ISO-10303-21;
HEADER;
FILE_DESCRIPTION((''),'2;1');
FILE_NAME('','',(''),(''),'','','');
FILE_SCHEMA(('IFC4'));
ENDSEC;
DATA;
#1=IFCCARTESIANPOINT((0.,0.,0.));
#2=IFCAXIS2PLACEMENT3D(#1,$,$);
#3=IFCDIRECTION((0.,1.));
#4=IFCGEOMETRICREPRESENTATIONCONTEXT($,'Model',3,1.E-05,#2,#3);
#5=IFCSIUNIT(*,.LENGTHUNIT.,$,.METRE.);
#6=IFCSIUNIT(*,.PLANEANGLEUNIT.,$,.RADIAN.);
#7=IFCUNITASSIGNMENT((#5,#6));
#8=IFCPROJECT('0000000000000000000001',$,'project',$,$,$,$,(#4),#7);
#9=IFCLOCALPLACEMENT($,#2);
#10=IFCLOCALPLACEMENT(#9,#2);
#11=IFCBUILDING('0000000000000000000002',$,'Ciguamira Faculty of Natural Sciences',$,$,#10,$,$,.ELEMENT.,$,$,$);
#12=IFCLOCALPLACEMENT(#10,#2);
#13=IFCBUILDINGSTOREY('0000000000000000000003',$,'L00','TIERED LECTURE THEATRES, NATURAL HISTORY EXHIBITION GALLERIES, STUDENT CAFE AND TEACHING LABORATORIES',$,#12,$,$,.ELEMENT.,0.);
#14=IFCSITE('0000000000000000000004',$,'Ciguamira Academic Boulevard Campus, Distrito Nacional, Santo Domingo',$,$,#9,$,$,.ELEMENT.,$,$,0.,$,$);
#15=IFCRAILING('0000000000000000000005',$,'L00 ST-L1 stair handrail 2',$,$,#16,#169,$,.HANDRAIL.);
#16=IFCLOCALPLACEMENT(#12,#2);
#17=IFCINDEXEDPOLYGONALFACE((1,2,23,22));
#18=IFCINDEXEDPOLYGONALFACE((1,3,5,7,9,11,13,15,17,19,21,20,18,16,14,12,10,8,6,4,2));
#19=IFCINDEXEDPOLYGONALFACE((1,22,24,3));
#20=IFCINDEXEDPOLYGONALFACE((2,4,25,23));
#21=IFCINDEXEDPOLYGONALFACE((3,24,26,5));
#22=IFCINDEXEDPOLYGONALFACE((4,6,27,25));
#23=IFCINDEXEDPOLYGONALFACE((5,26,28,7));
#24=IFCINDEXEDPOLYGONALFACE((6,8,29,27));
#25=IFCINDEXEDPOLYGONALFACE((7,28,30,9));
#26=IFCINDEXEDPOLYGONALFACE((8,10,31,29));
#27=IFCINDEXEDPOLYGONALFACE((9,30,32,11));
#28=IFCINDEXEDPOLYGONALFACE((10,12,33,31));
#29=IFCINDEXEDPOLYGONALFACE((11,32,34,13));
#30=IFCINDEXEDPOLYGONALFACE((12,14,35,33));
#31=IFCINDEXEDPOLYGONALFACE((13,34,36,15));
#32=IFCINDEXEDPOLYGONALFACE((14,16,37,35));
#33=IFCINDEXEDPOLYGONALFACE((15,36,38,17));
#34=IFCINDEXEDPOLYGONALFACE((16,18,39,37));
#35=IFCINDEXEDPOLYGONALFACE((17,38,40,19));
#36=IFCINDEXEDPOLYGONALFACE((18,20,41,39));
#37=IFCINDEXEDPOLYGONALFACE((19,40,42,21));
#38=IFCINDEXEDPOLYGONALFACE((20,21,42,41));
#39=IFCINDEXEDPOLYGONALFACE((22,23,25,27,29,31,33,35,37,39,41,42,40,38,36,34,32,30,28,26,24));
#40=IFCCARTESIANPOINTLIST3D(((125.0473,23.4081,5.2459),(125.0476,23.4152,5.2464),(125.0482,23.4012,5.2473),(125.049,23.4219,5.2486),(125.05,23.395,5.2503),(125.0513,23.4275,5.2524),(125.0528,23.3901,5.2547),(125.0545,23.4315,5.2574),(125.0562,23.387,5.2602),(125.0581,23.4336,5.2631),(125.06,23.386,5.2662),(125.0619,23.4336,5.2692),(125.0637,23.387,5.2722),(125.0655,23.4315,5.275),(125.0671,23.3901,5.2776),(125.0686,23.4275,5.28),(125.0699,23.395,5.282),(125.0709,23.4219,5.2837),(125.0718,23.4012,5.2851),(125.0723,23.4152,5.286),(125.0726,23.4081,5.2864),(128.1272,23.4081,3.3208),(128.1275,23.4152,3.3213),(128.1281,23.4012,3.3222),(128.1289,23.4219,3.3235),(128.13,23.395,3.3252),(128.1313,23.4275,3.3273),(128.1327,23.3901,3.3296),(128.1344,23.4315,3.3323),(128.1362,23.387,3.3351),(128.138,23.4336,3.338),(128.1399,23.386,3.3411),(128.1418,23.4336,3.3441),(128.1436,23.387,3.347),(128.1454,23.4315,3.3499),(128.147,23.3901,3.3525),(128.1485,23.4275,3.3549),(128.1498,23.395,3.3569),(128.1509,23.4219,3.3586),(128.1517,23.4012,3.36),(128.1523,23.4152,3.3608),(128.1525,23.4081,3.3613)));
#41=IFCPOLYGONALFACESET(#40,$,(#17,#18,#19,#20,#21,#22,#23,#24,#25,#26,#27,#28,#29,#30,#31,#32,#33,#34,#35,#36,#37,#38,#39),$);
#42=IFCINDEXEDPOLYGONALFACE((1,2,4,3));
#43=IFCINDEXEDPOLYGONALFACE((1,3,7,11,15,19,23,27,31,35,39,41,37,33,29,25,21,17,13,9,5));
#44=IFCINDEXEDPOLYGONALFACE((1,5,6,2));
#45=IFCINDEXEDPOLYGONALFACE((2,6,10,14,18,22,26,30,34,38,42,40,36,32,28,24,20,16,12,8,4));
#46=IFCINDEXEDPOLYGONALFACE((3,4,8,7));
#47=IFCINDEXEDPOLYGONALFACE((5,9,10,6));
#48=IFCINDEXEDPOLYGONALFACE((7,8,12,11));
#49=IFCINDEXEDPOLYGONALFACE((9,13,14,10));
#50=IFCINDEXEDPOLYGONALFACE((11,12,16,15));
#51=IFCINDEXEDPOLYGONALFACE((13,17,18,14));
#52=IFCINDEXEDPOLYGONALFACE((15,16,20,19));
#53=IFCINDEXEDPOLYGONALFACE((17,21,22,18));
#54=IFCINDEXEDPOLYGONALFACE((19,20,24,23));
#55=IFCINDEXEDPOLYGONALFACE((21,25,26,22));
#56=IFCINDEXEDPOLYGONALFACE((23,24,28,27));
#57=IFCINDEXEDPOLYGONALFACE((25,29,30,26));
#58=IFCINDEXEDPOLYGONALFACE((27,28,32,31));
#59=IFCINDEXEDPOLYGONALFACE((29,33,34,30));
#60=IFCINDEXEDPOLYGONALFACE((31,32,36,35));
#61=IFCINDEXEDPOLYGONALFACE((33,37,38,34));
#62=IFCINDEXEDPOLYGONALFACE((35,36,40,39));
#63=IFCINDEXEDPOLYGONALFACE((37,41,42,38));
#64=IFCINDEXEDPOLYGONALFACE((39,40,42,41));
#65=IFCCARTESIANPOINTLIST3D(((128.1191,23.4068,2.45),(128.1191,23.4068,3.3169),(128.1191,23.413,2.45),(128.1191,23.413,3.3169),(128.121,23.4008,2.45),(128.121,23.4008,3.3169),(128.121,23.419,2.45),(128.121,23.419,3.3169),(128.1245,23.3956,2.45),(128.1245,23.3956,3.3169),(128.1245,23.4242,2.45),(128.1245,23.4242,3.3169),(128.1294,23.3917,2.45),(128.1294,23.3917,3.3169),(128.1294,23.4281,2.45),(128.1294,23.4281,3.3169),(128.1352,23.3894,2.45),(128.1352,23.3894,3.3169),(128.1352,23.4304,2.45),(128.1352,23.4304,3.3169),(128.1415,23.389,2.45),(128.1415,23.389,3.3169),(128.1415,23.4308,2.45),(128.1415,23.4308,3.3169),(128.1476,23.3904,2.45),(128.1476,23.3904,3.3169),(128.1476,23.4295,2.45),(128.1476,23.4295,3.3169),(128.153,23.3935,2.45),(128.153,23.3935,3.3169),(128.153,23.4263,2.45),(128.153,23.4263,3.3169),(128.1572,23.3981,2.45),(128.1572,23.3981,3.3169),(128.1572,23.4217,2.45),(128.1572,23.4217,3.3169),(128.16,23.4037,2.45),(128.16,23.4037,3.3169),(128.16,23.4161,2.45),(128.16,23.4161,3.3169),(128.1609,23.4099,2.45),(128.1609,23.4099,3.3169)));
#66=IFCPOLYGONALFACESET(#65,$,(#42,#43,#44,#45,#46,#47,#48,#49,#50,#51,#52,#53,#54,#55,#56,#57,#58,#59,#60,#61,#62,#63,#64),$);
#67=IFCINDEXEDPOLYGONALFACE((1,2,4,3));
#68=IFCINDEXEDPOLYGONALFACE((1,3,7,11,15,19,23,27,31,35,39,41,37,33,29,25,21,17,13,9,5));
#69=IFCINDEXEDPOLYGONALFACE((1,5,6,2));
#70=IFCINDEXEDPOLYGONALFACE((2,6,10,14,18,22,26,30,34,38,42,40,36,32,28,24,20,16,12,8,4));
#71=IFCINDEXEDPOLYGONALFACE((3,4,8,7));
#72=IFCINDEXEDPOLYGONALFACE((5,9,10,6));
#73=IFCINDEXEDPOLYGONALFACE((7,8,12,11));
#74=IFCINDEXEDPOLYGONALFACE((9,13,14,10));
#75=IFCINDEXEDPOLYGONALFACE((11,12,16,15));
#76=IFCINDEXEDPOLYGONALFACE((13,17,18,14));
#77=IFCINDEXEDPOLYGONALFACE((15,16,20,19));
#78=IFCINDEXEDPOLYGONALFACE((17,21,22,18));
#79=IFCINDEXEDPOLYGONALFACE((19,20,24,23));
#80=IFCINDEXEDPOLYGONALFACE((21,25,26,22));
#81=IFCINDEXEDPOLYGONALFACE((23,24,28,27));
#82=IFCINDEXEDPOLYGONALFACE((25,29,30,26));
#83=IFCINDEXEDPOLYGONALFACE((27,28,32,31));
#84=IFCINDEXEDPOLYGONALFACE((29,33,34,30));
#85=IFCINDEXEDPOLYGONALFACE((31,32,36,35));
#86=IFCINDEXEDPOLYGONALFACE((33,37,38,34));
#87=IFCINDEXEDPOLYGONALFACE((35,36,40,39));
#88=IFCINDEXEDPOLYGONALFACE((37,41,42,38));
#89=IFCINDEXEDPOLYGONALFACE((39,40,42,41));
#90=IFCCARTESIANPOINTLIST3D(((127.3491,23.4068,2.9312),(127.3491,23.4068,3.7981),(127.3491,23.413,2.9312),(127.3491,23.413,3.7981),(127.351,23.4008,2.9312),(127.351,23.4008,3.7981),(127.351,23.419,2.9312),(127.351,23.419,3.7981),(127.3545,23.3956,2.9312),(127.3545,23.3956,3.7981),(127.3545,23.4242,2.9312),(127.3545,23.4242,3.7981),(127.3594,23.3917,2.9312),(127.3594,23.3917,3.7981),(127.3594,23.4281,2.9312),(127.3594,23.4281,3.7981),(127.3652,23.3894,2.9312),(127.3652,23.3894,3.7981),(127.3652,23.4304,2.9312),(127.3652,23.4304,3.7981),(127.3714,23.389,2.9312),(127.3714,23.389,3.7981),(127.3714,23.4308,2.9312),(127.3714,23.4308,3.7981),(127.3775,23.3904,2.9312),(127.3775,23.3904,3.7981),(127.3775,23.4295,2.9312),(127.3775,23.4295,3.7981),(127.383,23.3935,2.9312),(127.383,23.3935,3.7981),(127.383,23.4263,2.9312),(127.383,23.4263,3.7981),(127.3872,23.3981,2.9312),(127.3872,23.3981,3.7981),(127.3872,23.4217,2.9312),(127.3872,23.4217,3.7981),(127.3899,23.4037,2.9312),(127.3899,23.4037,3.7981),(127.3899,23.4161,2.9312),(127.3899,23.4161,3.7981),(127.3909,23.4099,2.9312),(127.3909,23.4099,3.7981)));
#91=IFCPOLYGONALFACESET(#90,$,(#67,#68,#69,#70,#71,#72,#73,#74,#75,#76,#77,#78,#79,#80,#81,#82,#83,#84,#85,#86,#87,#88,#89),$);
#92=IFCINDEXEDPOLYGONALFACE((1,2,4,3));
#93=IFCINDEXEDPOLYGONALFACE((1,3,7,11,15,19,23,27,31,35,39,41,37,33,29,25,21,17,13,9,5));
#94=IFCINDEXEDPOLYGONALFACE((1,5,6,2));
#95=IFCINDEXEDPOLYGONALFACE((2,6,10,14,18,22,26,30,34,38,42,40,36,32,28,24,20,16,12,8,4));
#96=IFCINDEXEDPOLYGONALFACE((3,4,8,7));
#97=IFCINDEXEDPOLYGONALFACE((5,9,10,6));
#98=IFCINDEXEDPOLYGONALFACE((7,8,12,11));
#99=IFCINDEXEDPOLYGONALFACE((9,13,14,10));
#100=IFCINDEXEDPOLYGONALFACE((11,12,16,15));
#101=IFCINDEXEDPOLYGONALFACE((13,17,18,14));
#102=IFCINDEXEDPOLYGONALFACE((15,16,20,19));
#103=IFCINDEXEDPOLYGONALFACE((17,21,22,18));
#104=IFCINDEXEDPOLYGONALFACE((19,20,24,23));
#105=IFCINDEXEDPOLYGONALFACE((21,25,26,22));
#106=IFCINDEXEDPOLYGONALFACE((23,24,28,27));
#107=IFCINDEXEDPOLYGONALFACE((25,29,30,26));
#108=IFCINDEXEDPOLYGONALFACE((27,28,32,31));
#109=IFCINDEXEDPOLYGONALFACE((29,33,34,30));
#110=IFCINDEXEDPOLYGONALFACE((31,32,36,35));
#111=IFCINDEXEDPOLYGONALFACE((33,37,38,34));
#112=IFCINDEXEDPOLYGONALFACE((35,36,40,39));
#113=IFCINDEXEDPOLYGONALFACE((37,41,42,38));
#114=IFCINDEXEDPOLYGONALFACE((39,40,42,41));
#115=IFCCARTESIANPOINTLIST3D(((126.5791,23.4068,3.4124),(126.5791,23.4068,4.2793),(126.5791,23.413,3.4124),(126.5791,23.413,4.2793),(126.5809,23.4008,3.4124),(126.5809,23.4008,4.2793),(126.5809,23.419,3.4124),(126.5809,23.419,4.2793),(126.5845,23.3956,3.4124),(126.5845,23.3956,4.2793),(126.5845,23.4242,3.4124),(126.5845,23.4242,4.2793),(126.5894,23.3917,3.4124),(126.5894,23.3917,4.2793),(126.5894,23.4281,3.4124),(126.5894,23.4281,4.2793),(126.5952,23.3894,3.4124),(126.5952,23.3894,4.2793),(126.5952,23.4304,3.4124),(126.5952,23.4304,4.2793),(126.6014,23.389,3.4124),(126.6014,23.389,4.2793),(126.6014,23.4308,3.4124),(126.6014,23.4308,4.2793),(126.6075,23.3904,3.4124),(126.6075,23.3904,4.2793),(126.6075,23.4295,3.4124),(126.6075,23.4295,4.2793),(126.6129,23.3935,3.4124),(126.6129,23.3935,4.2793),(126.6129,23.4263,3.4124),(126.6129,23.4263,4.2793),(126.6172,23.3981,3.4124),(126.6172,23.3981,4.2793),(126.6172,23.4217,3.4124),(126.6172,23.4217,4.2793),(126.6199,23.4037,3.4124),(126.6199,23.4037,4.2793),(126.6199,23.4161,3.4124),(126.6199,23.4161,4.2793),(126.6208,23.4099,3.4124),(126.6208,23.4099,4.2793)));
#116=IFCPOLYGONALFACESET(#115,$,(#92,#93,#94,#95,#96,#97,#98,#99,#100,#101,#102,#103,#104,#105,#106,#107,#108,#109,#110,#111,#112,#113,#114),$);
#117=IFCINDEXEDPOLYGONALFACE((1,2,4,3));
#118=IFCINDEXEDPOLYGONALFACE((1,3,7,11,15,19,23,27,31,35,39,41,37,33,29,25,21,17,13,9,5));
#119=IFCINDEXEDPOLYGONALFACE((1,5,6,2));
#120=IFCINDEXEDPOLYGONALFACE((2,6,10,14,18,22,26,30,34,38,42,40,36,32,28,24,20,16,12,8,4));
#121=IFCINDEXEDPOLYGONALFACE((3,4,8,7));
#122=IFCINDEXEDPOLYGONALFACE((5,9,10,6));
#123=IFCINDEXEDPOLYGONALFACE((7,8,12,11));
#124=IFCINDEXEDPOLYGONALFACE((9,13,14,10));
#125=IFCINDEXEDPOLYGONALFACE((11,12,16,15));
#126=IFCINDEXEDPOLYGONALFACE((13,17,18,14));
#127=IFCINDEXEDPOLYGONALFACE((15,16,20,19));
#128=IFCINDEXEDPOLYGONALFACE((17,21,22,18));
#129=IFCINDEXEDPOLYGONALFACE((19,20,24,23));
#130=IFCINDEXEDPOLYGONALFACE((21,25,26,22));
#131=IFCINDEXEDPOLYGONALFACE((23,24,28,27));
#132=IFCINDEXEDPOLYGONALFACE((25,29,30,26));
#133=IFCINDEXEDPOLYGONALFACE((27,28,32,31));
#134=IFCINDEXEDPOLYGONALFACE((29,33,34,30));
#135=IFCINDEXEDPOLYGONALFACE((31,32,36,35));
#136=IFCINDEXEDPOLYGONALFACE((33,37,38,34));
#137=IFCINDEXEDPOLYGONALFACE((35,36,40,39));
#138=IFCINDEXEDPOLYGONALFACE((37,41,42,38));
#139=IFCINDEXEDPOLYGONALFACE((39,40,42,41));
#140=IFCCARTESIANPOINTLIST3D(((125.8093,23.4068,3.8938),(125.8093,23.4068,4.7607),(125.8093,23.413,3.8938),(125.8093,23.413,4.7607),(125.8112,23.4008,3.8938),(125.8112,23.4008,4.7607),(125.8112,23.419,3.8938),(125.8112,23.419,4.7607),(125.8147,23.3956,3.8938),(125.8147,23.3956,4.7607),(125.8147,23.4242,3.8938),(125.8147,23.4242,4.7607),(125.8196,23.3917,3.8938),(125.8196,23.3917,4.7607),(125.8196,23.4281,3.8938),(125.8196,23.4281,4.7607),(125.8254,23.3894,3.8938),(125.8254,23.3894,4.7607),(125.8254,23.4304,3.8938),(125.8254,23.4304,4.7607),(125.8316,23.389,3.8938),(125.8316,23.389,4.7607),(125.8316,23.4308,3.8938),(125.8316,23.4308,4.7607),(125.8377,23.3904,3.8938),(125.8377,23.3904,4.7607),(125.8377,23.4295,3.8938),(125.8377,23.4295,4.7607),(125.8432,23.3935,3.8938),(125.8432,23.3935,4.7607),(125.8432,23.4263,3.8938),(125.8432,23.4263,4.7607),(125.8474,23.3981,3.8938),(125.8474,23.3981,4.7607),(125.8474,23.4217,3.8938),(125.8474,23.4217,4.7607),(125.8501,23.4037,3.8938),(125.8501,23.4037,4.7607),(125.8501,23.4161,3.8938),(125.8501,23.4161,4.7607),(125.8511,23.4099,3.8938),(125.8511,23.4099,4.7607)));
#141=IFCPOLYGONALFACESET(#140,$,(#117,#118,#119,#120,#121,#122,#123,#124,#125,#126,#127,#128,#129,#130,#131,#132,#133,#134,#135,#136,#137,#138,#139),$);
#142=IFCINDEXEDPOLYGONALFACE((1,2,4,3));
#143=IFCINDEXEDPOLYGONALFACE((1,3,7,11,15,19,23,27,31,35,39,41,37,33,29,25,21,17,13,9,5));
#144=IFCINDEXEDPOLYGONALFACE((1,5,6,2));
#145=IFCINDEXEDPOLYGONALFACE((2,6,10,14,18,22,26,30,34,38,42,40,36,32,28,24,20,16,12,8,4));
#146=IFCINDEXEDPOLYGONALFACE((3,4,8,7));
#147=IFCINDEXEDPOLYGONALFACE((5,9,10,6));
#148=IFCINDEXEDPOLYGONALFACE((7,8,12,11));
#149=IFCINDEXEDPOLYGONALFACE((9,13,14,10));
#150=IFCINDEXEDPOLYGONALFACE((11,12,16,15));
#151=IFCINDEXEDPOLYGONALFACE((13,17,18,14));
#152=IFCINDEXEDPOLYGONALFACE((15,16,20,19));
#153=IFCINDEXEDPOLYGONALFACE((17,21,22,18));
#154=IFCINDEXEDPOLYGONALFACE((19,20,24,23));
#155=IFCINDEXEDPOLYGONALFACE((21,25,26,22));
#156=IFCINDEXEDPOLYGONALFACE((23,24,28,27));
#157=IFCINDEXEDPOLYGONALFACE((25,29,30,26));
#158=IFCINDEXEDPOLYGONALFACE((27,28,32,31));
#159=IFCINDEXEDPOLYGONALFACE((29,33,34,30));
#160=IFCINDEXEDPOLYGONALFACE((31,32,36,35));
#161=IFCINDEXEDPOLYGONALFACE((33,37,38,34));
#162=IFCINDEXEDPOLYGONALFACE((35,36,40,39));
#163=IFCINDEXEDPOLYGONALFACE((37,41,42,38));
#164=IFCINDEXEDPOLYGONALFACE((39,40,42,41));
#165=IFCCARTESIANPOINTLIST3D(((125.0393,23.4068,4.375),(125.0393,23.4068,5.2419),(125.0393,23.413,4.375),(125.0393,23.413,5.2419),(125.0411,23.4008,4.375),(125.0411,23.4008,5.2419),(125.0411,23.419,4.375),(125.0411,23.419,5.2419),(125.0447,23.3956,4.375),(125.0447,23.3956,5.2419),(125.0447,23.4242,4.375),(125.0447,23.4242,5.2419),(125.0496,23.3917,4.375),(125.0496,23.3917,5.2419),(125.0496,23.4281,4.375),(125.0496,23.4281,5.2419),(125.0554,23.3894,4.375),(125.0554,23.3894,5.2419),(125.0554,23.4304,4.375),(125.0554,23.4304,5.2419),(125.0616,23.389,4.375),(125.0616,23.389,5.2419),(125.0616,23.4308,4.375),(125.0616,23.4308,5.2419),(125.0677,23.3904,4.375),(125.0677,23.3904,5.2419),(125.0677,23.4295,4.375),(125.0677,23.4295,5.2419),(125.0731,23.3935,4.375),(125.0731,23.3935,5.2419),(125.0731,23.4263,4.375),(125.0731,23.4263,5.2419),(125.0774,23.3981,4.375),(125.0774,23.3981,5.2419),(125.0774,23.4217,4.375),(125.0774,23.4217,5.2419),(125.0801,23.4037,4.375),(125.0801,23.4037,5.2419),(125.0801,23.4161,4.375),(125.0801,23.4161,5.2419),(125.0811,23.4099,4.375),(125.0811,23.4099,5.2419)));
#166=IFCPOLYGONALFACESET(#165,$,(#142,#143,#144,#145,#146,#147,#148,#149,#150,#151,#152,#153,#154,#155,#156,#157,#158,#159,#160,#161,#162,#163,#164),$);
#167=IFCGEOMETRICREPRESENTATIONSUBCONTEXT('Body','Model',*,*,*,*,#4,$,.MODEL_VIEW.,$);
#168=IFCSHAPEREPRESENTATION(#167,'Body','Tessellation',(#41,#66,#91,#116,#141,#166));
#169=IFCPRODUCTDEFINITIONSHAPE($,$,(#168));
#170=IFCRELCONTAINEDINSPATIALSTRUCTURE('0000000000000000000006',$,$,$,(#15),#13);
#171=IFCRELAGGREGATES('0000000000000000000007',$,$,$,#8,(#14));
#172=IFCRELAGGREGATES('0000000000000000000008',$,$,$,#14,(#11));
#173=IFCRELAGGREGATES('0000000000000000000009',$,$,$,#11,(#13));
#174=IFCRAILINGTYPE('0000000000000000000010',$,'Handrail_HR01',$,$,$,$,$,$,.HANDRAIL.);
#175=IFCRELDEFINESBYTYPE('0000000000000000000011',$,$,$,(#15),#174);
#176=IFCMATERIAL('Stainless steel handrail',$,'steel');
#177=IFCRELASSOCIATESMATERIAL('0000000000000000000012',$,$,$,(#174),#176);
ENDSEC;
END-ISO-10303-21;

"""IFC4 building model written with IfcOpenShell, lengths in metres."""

from ifc_helpers import new_model, si_unit, direction, frame, origin, origin_2d, place, context, subcontext, project, spatial, circle, extrude, material, type_object, element, save


model = new_model("IFC4")

# Units and contexts
model_context = context("Model", 3, precision=1e-05, world=origin(), true_north=direction((0.0, 1.0)))
body_context = subcontext(model_context, "Body", "Model", "MODEL_VIEW")
ifc_project = project(units=[si_unit("LENGTHUNIT", "METRE"), si_unit("PLANEANGLEUNIT", "RADIAN")], contexts=[model_context])

# Site, building, storey
site_placement = place(None, origin())
site = spatial("IfcSite", under=ifc_project, at=site_placement, Name="Ciguamira Academic Boulevard Campus, Distrito Nacional, Santo Domingo", CompositionType="ELEMENT", RefElevation=0.0)
building_placement = place(site_placement, origin())
building = spatial("IfcBuilding", under=site, at=building_placement, Name="Ciguamira Faculty of Natural Sciences", CompositionType="ELEMENT")
storey_placement = place(building_placement, origin())
storey = spatial("IfcBuildingStorey", under=building, at=storey_placement, Name="L00", Description="TIERED LECTURE THEATRES, NATURAL HISTORY EXHIBITION GALLERIES, STUDENT CAFE AND TEACHING LABORATORIES", CompositionType="ELEMENT", Elevation=0.0)

# Railing
ifc_material_1 = material(Name="Stainless steel handrail", Category="steel")
railing_type_1 = type_object("IfcRailingType", Name="Handrail_HR01", PredefinedType="HANDRAIL", material=ifc_material_1)
railing_1_placement = place(storey_placement, frame((128.1399, 23.4099, 2.45)))
element("IfcRailing", 1, at=railing_1_placement, inside=storey, type_object=railing_type_1, Name="L00 ST-L1 stair handrail 2", PredefinedType="HANDRAIL", context=body_context, shape_type="SweptSolid", body=[
    extrude(circle(Radius=0.0239, at=origin_2d()), frame((0.0, 0.0, 0.8911), z_axis=(-0.847979, 0.0, 0.530029), x_axis=(0.0, -1.0, 0.0)), (0.0, 0.0, 1.0), 3.6321),
    extrude(circle(Radius=0.021, at=origin_2d()), origin(), (0.0, 0.0, 1.0), 0.8669),
    extrude(circle(Radius=0.021, at=origin_2d()), frame((-0.77, 0.0, 0.4812)), (0.0, 0.0, 1.0), 0.8669),
    extrude(circle(Radius=0.021, at=origin_2d()), frame((-1.54, 0.0, 0.9624)), (0.0, 0.0, 1.0), 0.8669),
    extrude(circle(Radius=0.021, at=origin_2d()), frame((-2.3098, 0.0, 1.4438)), (0.0, 0.0, 1.0), 0.8669),
    extrude(circle(Radius=0.021, at=origin_2d()), frame((-3.0798, 0.0, 1.925)), (0.0, 0.0, 1.0), 0.8669),
])

save(model, "model.ifc")
